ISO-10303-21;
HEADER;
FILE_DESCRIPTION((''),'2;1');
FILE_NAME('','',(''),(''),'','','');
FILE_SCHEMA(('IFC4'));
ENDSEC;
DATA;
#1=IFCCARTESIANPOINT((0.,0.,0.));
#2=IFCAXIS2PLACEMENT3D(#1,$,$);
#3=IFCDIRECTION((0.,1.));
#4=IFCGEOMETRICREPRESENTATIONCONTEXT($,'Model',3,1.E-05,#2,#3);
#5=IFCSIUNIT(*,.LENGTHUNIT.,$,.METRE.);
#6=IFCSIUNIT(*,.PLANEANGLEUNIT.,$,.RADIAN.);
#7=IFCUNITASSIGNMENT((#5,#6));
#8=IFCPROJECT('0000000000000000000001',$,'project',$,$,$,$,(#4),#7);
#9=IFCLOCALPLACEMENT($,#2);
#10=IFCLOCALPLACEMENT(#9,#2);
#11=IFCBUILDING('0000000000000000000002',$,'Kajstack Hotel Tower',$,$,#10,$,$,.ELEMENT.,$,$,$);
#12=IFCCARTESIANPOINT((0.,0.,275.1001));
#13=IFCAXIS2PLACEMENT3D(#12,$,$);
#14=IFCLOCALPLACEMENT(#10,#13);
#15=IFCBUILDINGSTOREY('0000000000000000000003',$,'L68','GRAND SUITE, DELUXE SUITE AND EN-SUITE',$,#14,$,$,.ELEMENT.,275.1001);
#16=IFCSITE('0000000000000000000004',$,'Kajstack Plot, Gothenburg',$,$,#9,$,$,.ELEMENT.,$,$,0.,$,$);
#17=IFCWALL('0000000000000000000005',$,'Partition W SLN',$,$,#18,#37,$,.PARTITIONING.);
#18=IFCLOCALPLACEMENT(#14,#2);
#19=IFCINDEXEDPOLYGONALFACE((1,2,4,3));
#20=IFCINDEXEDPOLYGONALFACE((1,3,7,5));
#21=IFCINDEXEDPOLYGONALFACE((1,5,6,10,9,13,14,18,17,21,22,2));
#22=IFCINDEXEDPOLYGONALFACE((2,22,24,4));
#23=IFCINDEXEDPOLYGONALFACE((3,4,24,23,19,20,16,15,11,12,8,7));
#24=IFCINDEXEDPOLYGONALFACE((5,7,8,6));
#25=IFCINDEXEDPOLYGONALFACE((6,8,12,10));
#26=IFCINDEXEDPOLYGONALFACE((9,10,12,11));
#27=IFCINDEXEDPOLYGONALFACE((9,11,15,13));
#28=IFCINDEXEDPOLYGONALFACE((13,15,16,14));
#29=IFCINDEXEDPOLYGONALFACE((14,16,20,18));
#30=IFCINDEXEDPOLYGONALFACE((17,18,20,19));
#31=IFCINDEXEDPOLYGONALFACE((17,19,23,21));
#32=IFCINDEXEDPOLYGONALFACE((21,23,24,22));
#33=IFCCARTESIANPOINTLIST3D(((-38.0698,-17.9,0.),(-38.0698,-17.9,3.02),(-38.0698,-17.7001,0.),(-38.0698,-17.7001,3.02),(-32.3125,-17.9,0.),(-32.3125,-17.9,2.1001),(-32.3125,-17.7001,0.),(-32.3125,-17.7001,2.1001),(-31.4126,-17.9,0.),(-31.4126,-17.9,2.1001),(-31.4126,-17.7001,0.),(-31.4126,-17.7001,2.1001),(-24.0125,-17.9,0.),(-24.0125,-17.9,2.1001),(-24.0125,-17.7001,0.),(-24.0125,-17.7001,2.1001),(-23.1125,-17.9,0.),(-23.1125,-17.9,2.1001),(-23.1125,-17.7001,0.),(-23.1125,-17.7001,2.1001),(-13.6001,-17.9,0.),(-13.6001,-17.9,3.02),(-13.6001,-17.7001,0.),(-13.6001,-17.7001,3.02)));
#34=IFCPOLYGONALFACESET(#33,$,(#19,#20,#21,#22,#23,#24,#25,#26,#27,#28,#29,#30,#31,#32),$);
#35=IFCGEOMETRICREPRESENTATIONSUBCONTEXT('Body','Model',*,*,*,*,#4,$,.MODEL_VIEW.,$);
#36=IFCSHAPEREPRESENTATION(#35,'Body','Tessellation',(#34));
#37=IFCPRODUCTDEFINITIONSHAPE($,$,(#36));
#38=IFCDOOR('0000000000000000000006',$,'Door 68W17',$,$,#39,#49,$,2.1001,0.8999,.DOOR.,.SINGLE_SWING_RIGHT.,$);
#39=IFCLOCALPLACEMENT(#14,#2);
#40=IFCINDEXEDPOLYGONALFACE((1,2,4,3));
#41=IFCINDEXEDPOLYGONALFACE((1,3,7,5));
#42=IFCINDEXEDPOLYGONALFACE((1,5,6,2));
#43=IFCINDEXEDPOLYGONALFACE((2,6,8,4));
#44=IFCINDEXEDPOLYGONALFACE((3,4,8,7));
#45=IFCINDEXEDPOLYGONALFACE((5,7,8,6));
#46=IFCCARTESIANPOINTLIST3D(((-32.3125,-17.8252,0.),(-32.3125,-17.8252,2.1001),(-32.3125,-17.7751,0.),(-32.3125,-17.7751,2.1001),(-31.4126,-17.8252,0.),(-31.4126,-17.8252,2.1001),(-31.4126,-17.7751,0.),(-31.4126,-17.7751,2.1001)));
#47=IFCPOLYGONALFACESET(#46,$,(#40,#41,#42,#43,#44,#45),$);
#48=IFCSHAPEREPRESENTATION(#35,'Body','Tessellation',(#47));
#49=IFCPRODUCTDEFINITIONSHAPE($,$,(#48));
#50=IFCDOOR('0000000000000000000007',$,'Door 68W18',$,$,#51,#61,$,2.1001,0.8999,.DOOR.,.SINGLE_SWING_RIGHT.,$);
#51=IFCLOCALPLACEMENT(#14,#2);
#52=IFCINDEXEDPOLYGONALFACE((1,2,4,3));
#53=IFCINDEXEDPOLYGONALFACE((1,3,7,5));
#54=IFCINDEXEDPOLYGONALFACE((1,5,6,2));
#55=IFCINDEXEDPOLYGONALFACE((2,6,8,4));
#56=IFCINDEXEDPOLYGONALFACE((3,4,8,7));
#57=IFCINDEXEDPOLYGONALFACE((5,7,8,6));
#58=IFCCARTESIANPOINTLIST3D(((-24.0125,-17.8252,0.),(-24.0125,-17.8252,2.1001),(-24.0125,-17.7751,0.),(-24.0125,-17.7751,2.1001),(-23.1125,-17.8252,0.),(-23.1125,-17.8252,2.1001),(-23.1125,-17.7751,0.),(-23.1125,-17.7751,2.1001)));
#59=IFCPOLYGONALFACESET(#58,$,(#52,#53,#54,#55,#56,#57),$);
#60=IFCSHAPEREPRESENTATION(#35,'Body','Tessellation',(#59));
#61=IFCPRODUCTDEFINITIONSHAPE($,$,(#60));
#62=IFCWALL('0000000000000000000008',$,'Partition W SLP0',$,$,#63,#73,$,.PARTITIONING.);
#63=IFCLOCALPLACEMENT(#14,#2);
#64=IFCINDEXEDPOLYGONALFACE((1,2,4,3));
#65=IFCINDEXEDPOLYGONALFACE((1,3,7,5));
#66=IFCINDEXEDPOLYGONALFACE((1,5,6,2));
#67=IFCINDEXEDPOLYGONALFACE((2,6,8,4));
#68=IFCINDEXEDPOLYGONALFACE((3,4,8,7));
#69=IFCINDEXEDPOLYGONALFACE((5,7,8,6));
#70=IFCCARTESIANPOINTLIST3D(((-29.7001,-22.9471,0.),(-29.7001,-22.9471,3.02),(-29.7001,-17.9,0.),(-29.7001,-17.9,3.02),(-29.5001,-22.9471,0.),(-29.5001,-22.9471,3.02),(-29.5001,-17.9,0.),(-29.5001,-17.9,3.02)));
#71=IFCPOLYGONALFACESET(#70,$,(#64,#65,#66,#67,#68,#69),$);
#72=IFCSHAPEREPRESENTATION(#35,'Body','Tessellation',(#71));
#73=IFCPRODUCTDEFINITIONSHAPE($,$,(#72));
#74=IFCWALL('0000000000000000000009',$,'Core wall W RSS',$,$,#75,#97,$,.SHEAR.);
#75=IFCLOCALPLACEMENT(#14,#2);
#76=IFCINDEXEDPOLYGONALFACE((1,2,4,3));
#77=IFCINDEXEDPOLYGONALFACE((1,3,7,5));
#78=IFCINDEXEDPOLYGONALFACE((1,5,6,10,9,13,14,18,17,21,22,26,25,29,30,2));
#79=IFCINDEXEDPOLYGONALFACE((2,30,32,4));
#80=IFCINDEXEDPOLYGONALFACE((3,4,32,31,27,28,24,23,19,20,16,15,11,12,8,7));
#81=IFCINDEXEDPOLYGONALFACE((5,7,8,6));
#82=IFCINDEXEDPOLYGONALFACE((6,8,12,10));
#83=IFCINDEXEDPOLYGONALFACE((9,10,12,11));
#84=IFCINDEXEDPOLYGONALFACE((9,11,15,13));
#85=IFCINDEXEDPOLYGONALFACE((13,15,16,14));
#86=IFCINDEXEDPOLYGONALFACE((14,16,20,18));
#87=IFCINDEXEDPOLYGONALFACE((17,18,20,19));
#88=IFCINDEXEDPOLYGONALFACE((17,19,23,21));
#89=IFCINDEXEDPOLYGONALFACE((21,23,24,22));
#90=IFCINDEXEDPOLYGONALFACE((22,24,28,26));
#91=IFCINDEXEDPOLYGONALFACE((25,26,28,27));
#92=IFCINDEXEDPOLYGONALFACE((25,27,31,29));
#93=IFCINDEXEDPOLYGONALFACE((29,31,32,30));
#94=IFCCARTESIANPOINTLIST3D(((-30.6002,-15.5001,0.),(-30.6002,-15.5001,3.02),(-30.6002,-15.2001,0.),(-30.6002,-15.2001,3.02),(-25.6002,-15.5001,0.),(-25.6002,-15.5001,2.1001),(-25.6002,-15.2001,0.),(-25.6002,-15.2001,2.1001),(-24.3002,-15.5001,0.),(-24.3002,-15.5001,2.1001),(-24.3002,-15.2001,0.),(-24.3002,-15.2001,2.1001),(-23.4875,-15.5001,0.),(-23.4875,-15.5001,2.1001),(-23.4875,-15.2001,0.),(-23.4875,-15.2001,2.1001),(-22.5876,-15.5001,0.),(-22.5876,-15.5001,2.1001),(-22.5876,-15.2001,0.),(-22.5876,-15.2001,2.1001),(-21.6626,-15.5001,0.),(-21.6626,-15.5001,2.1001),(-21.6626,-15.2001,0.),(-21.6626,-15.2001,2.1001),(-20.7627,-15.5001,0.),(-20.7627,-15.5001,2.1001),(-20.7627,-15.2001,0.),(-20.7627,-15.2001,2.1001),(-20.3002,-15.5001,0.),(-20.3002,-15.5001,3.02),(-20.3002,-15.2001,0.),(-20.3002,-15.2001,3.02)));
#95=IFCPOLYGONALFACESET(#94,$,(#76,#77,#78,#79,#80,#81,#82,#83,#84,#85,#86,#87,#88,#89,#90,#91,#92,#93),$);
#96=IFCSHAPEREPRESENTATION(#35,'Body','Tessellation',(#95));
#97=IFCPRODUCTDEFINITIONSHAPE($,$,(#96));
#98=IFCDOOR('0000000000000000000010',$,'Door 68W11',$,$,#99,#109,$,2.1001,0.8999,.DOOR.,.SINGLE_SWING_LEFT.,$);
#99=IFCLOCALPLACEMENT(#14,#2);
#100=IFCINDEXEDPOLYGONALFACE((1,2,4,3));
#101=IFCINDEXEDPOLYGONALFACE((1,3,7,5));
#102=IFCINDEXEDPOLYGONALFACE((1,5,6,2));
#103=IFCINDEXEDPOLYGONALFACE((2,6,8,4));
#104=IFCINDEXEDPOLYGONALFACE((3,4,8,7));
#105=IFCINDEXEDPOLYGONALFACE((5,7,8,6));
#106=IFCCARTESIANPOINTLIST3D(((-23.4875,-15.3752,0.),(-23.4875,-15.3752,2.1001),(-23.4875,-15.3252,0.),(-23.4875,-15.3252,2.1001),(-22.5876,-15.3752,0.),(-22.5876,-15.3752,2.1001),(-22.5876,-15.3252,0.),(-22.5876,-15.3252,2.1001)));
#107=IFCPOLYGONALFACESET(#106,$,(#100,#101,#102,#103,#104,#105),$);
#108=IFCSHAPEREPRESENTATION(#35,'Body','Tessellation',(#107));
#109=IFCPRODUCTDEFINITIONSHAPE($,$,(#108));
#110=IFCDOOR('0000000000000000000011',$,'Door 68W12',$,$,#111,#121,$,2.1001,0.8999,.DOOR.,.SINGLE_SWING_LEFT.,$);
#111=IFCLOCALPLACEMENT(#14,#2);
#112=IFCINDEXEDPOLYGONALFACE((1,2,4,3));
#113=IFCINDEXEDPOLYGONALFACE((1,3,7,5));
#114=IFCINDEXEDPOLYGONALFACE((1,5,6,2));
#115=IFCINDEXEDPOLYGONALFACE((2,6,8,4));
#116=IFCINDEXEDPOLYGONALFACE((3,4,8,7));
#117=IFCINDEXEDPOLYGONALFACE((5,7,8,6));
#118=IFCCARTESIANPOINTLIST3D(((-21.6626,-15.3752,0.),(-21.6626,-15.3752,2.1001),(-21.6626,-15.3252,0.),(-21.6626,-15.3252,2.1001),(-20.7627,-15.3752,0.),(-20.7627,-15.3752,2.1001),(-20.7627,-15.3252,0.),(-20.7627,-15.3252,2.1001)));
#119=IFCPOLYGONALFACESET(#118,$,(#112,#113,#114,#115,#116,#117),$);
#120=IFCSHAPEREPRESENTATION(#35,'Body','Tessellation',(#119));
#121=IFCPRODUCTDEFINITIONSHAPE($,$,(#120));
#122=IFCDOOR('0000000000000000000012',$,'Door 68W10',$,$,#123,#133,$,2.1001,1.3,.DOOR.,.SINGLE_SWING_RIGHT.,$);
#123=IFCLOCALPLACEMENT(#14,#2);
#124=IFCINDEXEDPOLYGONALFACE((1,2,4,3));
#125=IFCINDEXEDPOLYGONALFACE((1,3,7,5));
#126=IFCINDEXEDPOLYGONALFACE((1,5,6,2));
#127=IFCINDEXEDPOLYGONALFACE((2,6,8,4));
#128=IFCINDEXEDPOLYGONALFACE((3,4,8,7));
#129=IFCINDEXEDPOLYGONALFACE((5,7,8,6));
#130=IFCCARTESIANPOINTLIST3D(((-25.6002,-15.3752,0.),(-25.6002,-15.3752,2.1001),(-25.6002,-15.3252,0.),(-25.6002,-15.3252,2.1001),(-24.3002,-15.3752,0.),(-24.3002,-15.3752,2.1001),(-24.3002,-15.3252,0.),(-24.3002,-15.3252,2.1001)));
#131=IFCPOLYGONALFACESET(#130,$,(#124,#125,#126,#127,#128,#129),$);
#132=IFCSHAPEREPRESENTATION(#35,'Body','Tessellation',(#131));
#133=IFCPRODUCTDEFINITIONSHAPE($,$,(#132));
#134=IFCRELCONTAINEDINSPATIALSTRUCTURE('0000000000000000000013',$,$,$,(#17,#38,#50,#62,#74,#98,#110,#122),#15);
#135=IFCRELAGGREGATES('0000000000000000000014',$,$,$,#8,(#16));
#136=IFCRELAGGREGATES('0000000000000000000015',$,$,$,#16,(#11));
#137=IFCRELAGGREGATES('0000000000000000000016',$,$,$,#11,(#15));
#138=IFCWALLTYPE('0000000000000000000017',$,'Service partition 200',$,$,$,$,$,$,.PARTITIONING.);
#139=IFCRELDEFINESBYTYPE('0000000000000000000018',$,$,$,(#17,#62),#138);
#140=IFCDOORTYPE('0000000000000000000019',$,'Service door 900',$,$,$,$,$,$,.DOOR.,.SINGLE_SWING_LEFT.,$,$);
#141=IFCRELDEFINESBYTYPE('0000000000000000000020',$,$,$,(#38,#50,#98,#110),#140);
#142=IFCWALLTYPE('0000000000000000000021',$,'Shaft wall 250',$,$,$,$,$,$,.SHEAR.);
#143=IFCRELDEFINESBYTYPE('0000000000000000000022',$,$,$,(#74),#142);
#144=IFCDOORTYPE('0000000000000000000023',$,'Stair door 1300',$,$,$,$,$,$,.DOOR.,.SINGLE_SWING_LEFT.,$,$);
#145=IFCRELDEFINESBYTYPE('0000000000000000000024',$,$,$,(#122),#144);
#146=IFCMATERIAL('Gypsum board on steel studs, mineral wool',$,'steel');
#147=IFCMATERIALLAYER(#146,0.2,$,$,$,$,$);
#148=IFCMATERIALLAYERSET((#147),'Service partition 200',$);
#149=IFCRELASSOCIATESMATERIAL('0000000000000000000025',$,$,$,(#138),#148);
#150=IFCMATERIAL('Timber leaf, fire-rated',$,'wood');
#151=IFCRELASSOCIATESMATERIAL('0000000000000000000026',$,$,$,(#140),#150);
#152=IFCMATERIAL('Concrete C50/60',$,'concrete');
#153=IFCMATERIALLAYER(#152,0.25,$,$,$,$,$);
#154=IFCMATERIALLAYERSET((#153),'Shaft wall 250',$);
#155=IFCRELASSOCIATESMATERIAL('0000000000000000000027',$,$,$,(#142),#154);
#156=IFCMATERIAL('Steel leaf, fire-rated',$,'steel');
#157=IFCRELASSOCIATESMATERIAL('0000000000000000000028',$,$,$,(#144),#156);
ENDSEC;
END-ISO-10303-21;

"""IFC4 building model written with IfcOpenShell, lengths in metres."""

from ifc_helpers import new_model, si_unit, direction, frame, frame_2d, origin, place, context, subcontext, project, spatial, rectangle, extrude, material, layer, layer_set, type_object, element, fill, save


model = new_model("IFC4")

# Units and contexts
model_context = context("Model", 3, precision=1e-05, world=origin(), true_north=direction((0.0, 1.0)))
body_context = subcontext(model_context, "Body", "Model", "MODEL_VIEW")
ifc_project = project(units=[si_unit("LENGTHUNIT", "METRE"), si_unit("PLANEANGLEUNIT", "RADIAN")], contexts=[model_context])

# Site, building, storey
site_placement = place(None, origin())
site = spatial("IfcSite", under=ifc_project, at=site_placement, Name="Kajstack Plot, Gothenburg", CompositionType="ELEMENT", RefElevation=0.0)
building_placement = place(site_placement, origin())
building = spatial("IfcBuilding", under=site, at=building_placement, Name="Kajstack Hotel Tower", CompositionType="ELEMENT")
storey_placement = place(building_placement, frame((0.0, 0.0, 275.1001)))
storey = spatial("IfcBuildingStorey", under=building, at=storey_placement, Name="L68", Description="GRAND SUITE, DELUXE SUITE AND EN-SUITE", CompositionType="ELEMENT", Elevation=275.1001)

# Shared definitions
ifc_material_1 = material(Name="Gypsum board on steel studs, mineral wool", Category="steel")
ifc_layer_1 = layer(ifc_material_1, 0.2)
ifc_layer_set_1 = layer_set([ifc_layer_1], Name="Service partition 200")
wall_type_1 = type_object("IfcWallType", Name="Service partition 200", PredefinedType="PARTITIONING", material=ifc_layer_set_1)
ifc_material_2 = material(Name="Timber leaf, fire-rated", Category="wood")
door_type_1 = type_object("IfcDoorType", Name="Service door 900", OperationType="SINGLE_SWING_LEFT", PredefinedType="DOOR", material=ifc_material_2)

# Wall, openings, doors
wall_1_placement = place(storey_placement, frame((-38.0698, -17.8, 0.0), z_axis=(0.0, 0.0, 1.0), x_axis=(1.0, 0.0, 0.0)))
wall_1 = element("IfcWall", 1, at=wall_1_placement, inside=storey, type_object=wall_type_1, Name="Partition W SLN", PredefinedType="PARTITIONING", context=body_context, shape_type="SweptSolid", body=[
    extrude(rectangle(XDim=24.4697, YDim=0.2, at=frame_2d((12.2349, 0.0))), origin(), (0.0, 0.0, 1.0), 3.02),
])
opening_1_placement = place(wall_1_placement, frame((5.7573, 0.0, 0.0)))
opening_1 = element("IfcOpeningElement", 2, at=opening_1_placement, cuts=wall_1, PredefinedType="OPENING", context=body_context, shape_type="SweptSolid", body=[
    extrude(rectangle(XDim=0.8999, YDim=2.1001, at=frame_2d((0.45, 1.05))), frame((0.0, 0.1099, 0.0), z_axis=(0.0, -1.0, 0.0), x_axis=(1.0, 0.0, 0.0)), (0.0, 0.0, 1.0), 0.22),
])
opening_2_placement = place(wall_1_placement, frame((14.0574, 0.0, 0.0)))
opening_2 = element("IfcOpeningElement", 3, at=opening_2_placement, cuts=wall_1, PredefinedType="OPENING", context=body_context, shape_type="SweptSolid", body=[
    extrude(rectangle(XDim=0.8999, YDim=2.1001, at=frame_2d((0.45, 1.05))), frame((0.0, 0.1099, 0.0), z_axis=(0.0, -1.0, 0.0), x_axis=(1.0, 0.0, 0.0)), (0.0, 0.0, 1.0), 0.22),
])
door_1_placement = place(opening_1_placement, origin())
door_1 = element("IfcDoor", 4, at=door_1_placement, inside=storey, type_object=door_type_1, Name="Door 68W17", OperationType="SINGLE_SWING_RIGHT", OverallHeight=2.1001, OverallWidth=0.8999, PredefinedType="DOOR", context=body_context, shape_type="SweptSolid", body=[
    extrude(rectangle(XDim=0.8999, YDim=2.1001, at=frame_2d((0.45, 1.05))), frame((0.0, 0.0249, 0.0), z_axis=(0.0, -1.0, 0.0), x_axis=(1.0, 0.0, 0.0)), (0.0, 0.0, 1.0), 0.05),
])
fill(opening_1, door_1)
door_2_placement = place(opening_2_placement, origin())
door_2 = element("IfcDoor", 5, at=door_2_placement, inside=storey, type_object=door_type_1, Name="Door 68W18", OperationType="SINGLE_SWING_RIGHT", OverallHeight=2.1001, OverallWidth=0.8999, PredefinedType="DOOR", context=body_context, shape_type="SweptSolid", body=[
    extrude(rectangle(XDim=0.8999, YDim=2.1001, at=frame_2d((0.45, 1.05))), frame((0.0, 0.0249, 0.0), z_axis=(0.0, -1.0, 0.0), x_axis=(1.0, 0.0, 0.0)), (0.0, 0.0, 1.0), 0.05),
])
fill(opening_2, door_2)

# Wall
wall_2_placement = place(storey_placement, frame((-29.6001, -22.947, 0.0), z_axis=(0.0, 0.0, 1.0), x_axis=(0.0, 1.0, 0.0)))
element("IfcWall", 6, at=wall_2_placement, inside=storey, type_object=wall_type_1, Name="Partition W SLP0", PredefinedType="PARTITIONING", context=body_context, shape_type="SweptSolid", body=[
    extrude(rectangle(XDim=5.0471, YDim=0.2, at=frame_2d((2.5234, 0.0))), origin(), (0.0, 0.0, 1.0), 3.02),
])

# Wall, openings, doors
ifc_material_3 = material(Name="Concrete C50/60", Category="concrete")
ifc_layer_2 = layer(ifc_material_3, 0.25)
ifc_layer_set_2 = layer_set([ifc_layer_2], Name="Shaft wall 250")
wall_type_2 = type_object("IfcWallType", Name="Shaft wall 250", PredefinedType="SHEAR", material=ifc_layer_set_2)
wall_3_placement = place(storey_placement, frame((-30.6001, -15.3501, 0.0), z_axis=(0.0, 0.0, 1.0), x_axis=(1.0, 0.0, 0.0)))
wall_3 = element("IfcWall", 7, at=wall_3_placement, inside=storey, type_object=wall_type_2, Name="Core wall W RSS", PredefinedType="SHEAR", context=body_context, shape_type="SweptSolid", body=[
    extrude(rectangle(XDim=10.3, YDim=0.3, at=frame_2d((5.1499, 0.0))), origin(), (0.0, 0.0, 1.0), 3.02),
])
opening_3_placement = place(wall_3_placement, frame((5.0, 0.0, 0.0)))
opening_3 = element("IfcOpeningElement", 8, at=opening_3_placement, cuts=wall_3, PredefinedType="OPENING", context=body_context, shape_type="SweptSolid", body=[
    extrude(rectangle(XDim=1.3, YDim=2.1001, at=frame_2d((0.6499, 1.05))), frame((0.0, 0.1599, 0.0), z_axis=(0.0, -1.0, 0.0), x_axis=(1.0, 0.0, 0.0)), (0.0, 0.0, 1.0), 0.3201),
])
opening_4_placement = place(wall_3_placement, frame((7.1125, 0.0, 0.0)))
opening_4 = element("IfcOpeningElement", 9, at=opening_4_placement, cuts=wall_3, PredefinedType="OPENING", context=body_context, shape_type="SweptSolid", body=[
    extrude(rectangle(XDim=0.8999, YDim=2.1001, at=frame_2d((0.45, 1.05))), frame((0.0, 0.1599, 0.0), z_axis=(0.0, -1.0, 0.0), x_axis=(1.0, 0.0, 0.0)), (0.0, 0.0, 1.0), 0.3201),
])
opening_5_placement = place(wall_3_placement, frame((8.9375, 0.0, 0.0)))
opening_5 = element("IfcOpeningElement", 10, at=opening_5_placement, cuts=wall_3, PredefinedType="OPENING", context=body_context, shape_type="SweptSolid", body=[
    extrude(rectangle(XDim=0.8999, YDim=2.1001, at=frame_2d((0.45, 1.05))), frame((0.0, 0.1599, 0.0), z_axis=(0.0, -1.0, 0.0), x_axis=(1.0, 0.0, 0.0)), (0.0, 0.0, 1.0), 0.3201),
])
door_3_placement = place(opening_4_placement, origin())
door_3 = element("IfcDoor", 11, at=door_3_placement, inside=storey, type_object=door_type_1, Name="Door 68W11", OperationType="SINGLE_SWING_LEFT", OverallHeight=2.1001, OverallWidth=0.8999, PredefinedType="DOOR", context=body_context, shape_type="SweptSolid", body=[
    extrude(rectangle(XDim=0.8999, YDim=2.1001, at=frame_2d((0.45, 1.05))), frame((0.0, 0.0249, 0.0), z_axis=(0.0, -1.0, 0.0), x_axis=(1.0, 0.0, 0.0)), (0.0, 0.0, 1.0), 0.05),
])
fill(opening_4, door_3)
door_4_placement = place(opening_5_placement, origin())
door_4 = element("IfcDoor", 12, at=door_4_placement, inside=storey, type_object=door_type_1, Name="Door 68W12", OperationType="SINGLE_SWING_LEFT", OverallHeight=2.1001, OverallWidth=0.8999, PredefinedType="DOOR", context=body_context, shape_type="SweptSolid", body=[
    extrude(rectangle(XDim=0.8999, YDim=2.1001, at=frame_2d((0.45, 1.05))), frame((0.0, 0.0249, 0.0), z_axis=(0.0, -1.0, 0.0), x_axis=(1.0, 0.0, 0.0)), (0.0, 0.0, 1.0), 0.05),
])
fill(opening_5, door_4)
ifc_material_4 = material(Name="Steel leaf, fire-rated", Category="steel")
door_type_2 = type_object("IfcDoorType", Name="Stair door 1300", OperationType="SINGLE_SWING_LEFT", PredefinedType="DOOR", material=ifc_material_4)
door_5_placement = place(opening_3_placement, origin())
door_5 = element("IfcDoor", 13, at=door_5_placement, inside=storey, type_object=door_type_2, Name="Door 68W10", OperationType="SINGLE_SWING_RIGHT", OverallHeight=2.1001, OverallWidth=1.3, PredefinedType="DOOR", context=body_context, shape_type="SweptSolid", body=[
    extrude(rectangle(XDim=1.3, YDim=2.1001, at=frame_2d((0.6499, 1.05))), frame((0.0, 0.0249, 0.0), z_axis=(0.0, -1.0, 0.0), x_axis=(1.0, 0.0, 0.0)), (0.0, 0.0, 1.0), 0.05),
])
fill(opening_3, door_5)

save(model, "model.ifc")
